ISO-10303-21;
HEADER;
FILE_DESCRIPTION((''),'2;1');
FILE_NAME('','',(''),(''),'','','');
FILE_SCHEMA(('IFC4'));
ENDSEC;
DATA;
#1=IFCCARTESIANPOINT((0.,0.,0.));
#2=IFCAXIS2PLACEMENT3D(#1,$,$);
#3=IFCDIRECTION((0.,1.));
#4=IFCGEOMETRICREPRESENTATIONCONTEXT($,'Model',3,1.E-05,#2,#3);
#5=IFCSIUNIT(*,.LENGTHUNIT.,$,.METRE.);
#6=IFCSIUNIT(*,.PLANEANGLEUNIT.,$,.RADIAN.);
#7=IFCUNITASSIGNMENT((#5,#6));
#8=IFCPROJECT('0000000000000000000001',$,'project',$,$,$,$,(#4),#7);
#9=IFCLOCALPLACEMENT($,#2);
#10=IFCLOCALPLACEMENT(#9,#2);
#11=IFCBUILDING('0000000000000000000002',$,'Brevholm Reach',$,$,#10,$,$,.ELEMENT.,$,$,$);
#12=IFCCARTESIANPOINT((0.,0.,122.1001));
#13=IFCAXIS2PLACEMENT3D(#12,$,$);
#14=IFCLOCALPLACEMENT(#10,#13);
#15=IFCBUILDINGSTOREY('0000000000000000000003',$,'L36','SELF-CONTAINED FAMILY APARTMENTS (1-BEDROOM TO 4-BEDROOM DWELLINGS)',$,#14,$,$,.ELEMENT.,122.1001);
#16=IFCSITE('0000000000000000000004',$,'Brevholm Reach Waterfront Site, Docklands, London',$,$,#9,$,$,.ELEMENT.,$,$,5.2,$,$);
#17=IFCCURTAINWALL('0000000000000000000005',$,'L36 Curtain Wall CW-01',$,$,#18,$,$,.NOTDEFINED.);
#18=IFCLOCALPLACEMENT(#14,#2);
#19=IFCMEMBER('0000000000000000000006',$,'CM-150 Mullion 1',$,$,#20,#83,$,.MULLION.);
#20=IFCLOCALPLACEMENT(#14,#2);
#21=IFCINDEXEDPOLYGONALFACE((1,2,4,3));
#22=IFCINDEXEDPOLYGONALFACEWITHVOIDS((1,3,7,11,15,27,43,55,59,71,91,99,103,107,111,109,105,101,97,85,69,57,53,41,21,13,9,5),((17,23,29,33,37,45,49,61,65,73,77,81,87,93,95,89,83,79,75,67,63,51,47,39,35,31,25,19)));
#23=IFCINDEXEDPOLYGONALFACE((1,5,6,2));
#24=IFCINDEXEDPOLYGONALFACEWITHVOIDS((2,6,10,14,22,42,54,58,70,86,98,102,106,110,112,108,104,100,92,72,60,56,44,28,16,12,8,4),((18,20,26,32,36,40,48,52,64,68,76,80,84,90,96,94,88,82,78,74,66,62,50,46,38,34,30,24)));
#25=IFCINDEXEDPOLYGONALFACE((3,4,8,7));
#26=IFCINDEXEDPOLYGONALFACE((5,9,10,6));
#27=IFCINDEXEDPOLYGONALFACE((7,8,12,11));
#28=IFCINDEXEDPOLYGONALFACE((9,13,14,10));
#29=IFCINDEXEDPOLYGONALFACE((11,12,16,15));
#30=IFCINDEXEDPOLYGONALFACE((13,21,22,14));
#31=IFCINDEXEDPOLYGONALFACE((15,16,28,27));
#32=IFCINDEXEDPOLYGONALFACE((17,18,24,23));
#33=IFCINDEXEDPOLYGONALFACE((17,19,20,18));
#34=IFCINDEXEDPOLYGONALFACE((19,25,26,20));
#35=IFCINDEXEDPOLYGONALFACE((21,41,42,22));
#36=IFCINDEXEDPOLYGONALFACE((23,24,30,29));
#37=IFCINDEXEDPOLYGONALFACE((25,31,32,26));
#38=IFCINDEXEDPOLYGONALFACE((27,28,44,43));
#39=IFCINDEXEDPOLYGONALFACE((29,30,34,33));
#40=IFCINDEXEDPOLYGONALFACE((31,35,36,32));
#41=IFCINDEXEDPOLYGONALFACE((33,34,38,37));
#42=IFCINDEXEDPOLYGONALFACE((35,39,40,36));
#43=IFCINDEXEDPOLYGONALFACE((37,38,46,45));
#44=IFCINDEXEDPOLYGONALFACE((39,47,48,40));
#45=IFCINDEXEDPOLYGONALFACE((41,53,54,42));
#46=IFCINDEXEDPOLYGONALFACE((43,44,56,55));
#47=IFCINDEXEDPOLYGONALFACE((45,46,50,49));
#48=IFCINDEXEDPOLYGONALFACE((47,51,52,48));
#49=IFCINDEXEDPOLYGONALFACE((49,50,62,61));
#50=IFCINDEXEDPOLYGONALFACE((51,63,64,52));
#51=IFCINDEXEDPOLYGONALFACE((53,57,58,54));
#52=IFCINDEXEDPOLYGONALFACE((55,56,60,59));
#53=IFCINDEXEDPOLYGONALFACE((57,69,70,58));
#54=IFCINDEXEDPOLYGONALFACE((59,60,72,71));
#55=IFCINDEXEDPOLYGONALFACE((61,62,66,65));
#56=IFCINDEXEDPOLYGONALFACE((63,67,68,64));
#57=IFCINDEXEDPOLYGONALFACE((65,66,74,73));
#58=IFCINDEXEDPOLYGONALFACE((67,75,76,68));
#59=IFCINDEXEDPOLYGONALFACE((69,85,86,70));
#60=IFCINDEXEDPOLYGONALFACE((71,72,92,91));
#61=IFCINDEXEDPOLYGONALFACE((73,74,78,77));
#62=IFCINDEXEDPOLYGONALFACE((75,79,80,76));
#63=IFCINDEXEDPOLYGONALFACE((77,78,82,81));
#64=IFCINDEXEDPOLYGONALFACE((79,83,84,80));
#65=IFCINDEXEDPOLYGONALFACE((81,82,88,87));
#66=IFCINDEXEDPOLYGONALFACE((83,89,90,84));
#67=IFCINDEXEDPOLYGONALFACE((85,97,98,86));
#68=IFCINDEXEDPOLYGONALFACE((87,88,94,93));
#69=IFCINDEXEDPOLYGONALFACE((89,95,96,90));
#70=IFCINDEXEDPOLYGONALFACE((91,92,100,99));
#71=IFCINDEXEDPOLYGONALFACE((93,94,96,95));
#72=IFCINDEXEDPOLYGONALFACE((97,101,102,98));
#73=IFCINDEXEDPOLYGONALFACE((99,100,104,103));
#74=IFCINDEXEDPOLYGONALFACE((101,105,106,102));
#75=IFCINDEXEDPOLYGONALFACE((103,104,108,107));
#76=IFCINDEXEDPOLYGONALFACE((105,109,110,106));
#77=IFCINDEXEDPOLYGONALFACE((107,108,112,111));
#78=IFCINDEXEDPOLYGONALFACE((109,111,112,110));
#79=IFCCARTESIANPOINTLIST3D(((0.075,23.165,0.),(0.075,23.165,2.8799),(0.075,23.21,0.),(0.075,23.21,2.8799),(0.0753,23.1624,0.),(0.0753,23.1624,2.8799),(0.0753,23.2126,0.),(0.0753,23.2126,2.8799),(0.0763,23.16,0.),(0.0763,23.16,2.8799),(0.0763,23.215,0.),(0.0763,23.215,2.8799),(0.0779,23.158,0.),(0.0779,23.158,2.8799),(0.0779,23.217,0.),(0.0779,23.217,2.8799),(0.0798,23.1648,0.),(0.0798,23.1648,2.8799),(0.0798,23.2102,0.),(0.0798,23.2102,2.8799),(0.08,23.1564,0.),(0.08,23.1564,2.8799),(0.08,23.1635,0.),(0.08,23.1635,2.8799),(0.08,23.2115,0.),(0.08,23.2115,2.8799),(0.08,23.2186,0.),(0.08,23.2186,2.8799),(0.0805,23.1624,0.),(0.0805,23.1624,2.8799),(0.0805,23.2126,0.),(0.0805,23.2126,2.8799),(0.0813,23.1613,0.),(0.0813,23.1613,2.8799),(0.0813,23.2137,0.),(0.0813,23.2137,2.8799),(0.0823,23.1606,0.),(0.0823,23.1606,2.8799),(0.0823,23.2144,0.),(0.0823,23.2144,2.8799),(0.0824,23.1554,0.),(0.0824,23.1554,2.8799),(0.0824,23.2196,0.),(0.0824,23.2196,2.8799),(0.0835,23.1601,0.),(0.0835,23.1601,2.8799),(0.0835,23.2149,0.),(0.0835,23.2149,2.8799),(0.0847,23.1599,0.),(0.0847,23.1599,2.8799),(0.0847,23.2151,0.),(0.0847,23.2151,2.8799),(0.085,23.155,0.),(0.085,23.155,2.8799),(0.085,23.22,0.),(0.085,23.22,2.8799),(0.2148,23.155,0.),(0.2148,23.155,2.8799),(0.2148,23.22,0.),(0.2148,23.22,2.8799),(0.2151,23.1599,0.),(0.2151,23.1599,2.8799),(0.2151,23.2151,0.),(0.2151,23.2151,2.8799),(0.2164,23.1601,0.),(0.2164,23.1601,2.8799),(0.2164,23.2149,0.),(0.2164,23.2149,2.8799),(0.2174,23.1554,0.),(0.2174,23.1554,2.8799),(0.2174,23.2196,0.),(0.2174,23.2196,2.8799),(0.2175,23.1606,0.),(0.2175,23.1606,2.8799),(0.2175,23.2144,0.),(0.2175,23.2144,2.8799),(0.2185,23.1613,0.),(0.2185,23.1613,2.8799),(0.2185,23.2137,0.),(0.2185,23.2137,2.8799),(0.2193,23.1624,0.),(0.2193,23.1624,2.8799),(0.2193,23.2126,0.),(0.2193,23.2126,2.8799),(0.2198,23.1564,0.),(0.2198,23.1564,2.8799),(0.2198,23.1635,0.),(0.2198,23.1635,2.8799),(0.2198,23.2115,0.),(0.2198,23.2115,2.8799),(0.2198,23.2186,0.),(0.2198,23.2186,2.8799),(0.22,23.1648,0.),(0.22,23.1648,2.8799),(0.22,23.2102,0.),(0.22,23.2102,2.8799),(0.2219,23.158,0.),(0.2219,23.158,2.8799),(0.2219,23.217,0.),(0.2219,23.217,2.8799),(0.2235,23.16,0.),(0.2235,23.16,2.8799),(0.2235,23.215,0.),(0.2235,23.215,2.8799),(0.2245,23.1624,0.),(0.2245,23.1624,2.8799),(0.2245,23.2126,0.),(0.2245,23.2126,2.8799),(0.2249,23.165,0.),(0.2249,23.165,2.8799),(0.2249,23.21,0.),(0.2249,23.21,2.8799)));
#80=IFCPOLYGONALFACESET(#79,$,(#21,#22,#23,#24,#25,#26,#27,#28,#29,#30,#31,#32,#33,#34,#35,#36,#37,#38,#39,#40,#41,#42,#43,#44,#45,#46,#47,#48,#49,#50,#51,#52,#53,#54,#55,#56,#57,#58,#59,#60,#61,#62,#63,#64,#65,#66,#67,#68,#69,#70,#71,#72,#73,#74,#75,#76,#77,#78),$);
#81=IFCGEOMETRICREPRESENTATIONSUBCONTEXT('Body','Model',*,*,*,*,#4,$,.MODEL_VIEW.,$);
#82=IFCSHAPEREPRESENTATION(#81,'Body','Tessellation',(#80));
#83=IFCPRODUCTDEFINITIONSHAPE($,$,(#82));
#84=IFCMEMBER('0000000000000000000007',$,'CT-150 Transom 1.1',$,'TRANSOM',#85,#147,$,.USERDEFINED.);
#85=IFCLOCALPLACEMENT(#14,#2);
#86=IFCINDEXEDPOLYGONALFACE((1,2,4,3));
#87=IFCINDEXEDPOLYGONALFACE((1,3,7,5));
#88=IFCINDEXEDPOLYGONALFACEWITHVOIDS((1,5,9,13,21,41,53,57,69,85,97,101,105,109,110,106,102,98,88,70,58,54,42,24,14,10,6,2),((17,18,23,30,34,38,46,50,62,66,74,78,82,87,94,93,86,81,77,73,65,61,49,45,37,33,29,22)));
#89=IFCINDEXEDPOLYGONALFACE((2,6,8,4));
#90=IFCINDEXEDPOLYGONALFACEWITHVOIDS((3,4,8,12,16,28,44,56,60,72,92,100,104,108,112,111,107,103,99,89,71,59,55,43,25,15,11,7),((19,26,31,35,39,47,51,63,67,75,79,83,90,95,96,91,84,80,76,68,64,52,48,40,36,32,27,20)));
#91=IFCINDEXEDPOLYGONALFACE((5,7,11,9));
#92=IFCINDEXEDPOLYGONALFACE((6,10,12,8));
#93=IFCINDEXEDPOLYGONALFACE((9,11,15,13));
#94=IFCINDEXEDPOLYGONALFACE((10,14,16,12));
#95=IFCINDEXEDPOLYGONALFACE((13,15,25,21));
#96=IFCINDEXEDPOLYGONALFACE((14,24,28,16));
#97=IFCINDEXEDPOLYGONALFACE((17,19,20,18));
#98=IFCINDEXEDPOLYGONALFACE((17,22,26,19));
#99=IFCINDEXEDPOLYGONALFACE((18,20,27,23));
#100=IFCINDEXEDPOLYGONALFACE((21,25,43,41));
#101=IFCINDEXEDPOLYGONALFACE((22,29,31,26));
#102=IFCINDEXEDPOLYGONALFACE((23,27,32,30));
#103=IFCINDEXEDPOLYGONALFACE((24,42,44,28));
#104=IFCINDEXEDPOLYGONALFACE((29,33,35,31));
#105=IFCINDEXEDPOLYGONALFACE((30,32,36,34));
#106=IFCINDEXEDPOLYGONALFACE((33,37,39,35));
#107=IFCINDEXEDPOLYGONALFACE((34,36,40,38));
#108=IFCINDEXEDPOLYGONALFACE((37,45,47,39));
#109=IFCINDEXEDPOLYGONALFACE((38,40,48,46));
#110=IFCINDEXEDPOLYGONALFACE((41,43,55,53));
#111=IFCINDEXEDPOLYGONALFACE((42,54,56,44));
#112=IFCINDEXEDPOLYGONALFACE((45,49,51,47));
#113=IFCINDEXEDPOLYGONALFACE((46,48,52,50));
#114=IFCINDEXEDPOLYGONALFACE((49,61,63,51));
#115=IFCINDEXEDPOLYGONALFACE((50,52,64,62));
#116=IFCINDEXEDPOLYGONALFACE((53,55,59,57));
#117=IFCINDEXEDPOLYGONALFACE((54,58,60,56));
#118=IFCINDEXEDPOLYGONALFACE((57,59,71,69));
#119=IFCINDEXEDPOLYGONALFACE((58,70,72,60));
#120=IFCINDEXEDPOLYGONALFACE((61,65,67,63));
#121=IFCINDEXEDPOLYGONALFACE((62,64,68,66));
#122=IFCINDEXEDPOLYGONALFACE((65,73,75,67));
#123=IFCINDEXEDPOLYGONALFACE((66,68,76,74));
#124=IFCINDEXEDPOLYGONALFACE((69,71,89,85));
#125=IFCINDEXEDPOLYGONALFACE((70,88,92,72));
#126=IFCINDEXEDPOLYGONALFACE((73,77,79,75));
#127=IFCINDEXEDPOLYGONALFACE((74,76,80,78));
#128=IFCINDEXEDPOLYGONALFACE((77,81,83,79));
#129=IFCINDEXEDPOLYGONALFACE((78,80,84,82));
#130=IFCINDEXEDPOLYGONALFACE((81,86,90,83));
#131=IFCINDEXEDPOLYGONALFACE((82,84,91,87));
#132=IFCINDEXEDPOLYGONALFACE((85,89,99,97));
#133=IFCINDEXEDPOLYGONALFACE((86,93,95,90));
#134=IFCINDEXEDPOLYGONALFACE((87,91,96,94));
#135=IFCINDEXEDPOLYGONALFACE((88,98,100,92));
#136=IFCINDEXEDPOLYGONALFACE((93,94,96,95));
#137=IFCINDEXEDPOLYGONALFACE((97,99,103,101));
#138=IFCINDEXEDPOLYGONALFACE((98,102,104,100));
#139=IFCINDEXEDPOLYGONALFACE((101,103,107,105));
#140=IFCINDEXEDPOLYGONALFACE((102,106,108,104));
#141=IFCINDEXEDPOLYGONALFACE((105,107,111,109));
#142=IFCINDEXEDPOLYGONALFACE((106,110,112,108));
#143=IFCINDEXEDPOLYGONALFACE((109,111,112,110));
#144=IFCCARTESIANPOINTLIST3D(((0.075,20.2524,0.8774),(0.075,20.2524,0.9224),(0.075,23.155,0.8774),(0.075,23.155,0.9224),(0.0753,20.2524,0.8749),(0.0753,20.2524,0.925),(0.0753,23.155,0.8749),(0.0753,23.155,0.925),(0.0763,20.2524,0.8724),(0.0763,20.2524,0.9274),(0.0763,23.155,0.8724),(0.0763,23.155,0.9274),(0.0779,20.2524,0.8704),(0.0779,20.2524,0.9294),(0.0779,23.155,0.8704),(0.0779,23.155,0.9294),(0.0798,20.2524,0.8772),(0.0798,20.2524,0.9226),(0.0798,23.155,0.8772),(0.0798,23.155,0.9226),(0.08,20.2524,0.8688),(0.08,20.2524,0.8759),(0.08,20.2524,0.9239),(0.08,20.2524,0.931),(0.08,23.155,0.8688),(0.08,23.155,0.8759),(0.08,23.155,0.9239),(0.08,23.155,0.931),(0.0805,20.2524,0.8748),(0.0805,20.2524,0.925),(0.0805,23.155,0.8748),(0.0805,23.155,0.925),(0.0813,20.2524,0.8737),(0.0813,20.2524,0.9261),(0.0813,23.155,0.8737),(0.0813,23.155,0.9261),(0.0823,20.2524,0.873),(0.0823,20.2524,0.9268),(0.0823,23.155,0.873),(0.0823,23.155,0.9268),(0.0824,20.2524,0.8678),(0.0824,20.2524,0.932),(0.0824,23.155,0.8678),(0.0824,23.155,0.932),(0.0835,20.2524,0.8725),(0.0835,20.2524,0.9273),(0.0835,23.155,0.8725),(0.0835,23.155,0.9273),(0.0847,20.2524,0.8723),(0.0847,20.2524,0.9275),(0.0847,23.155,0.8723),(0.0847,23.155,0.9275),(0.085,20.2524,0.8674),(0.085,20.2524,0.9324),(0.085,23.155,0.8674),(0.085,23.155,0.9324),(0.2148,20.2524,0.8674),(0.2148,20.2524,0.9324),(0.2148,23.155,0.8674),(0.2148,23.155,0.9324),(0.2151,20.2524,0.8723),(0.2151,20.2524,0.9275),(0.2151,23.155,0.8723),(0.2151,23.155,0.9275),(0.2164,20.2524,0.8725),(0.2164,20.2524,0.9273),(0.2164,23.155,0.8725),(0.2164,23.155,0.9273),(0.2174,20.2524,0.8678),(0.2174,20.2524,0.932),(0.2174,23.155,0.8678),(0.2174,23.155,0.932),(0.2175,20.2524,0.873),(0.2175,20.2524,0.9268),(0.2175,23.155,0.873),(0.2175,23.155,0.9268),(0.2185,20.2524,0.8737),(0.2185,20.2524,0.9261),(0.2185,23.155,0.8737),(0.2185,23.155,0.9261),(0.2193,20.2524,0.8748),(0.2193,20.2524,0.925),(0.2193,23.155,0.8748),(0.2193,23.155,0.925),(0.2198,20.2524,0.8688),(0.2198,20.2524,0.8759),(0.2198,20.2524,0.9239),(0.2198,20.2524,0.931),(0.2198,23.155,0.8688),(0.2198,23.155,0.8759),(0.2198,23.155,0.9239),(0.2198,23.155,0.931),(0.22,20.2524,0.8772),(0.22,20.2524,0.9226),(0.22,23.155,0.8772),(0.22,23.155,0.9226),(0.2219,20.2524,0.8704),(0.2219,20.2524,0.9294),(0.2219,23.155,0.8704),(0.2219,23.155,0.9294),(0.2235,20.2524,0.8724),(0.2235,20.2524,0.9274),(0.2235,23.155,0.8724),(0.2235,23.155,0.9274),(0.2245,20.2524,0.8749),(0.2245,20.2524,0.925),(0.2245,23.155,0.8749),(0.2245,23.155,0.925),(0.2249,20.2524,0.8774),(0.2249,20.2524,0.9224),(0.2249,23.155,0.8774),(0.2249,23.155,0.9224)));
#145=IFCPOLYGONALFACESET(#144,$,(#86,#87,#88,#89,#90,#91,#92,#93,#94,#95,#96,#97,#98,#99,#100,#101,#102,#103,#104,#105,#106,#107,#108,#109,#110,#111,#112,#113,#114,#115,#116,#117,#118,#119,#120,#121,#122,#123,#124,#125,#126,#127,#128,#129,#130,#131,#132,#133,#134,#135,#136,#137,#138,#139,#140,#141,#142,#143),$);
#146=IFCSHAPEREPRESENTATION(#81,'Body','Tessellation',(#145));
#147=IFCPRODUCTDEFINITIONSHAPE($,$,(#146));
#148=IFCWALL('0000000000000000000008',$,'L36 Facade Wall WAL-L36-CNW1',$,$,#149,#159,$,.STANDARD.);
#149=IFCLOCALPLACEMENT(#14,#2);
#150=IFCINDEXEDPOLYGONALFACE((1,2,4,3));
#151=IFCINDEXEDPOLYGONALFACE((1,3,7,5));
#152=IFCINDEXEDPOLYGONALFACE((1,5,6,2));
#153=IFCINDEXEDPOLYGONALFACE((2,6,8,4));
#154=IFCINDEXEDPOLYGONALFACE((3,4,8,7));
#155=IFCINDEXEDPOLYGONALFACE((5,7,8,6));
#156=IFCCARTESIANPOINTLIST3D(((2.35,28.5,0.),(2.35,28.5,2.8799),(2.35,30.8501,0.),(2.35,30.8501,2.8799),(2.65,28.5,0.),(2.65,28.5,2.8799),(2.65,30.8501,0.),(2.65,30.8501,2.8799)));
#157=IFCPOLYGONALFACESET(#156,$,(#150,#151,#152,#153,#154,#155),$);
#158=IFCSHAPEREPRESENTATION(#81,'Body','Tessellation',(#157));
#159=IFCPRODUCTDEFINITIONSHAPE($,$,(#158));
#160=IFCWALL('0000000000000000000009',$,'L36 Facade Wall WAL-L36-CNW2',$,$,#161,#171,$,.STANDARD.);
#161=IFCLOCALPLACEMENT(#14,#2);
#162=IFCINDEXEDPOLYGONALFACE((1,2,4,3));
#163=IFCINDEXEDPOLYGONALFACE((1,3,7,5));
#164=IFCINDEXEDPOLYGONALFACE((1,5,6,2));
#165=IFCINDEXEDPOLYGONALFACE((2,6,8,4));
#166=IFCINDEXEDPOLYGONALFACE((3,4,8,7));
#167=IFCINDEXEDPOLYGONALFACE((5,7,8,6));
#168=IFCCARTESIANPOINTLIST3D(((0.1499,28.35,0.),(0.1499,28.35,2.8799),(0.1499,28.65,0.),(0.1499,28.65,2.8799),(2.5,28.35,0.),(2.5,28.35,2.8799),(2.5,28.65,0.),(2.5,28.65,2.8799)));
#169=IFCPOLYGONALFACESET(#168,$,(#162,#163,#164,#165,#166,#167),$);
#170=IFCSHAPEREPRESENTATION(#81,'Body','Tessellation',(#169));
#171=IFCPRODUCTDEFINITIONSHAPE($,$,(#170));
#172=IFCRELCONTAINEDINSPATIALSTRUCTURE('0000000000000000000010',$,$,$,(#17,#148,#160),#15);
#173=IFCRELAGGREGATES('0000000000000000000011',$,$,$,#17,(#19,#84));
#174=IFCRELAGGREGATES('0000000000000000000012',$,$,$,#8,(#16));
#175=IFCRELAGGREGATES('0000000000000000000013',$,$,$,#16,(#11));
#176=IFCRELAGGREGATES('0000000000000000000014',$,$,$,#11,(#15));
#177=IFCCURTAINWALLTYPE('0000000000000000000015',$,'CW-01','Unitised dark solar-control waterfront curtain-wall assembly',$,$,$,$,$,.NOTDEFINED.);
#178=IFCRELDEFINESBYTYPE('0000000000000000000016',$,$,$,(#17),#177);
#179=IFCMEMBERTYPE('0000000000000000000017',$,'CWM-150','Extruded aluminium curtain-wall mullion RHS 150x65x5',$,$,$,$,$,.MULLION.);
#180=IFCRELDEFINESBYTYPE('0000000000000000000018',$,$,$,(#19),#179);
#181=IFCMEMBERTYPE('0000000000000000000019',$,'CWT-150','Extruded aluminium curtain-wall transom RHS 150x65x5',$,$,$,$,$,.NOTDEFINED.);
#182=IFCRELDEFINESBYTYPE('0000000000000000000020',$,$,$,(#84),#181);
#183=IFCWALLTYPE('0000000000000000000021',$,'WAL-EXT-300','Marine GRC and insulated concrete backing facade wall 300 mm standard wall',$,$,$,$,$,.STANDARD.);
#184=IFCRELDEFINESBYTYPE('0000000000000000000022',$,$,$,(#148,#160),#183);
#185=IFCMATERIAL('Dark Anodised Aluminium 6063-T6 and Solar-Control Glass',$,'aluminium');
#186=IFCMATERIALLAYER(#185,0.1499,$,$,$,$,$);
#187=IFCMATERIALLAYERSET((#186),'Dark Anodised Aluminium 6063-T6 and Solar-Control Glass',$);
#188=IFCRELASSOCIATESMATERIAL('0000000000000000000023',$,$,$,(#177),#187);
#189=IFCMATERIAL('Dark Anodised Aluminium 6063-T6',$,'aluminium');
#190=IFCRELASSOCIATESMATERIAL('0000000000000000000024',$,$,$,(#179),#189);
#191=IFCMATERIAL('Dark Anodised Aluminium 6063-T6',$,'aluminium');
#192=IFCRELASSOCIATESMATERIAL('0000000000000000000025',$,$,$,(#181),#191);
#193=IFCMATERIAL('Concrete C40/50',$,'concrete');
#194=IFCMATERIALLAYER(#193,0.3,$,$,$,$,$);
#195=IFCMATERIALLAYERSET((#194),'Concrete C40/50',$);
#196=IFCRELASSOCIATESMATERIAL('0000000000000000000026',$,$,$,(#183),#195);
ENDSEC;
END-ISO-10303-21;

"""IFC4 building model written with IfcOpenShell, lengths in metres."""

from ifc_helpers import new_model, si_unit, direction, frame, frame_2d, origin, origin_2d, place, context, subcontext, project, spatial, rectangle, hollow_rectangle, extrude, material, layer, layer_set, material_profile, profile_set, type_object, element, aggregate, save


model = new_model("IFC4")

# Units and contexts
model_context = context("Model", 3, precision=1e-05, world=origin(), true_north=direction((0.0, 1.0)))
body_context = subcontext(model_context, "Body", "Model", "MODEL_VIEW")
ifc_project = project(units=[si_unit("LENGTHUNIT", "METRE"), si_unit("PLANEANGLEUNIT", "RADIAN")], contexts=[model_context])

# Site, building, storey
site_placement = place(None, origin())
site = spatial("IfcSite", under=ifc_project, at=site_placement, Name="Brevholm Reach Waterfront Site, Docklands, London", CompositionType="ELEMENT", RefElevation=5.2)
building_placement = place(site_placement, origin())
building = spatial("IfcBuilding", under=site, at=building_placement, Name="Brevholm Reach", CompositionType="ELEMENT")
storey_placement = place(building_placement, frame((0.0, 0.0, 122.1001)))
storey = spatial("IfcBuildingStorey", under=building, at=storey_placement, Name="L36", Description="SELF-CONTAINED FAMILY APARTMENTS (1-BEDROOM TO 4-BEDROOM DWELLINGS)", CompositionType="ELEMENT", Elevation=122.1001)

# Curtain wall, members
ifc_material_1 = material(Name="Dark Anodised Aluminium 6063-T6 and Solar-Control Glass", Category="aluminium")
ifc_layer_1 = layer(ifc_material_1, 0.1499)
ifc_layer_set_1 = layer_set([ifc_layer_1], Name="Dark Anodised Aluminium 6063-T6 and Solar-Control Glass")
curtain_wall_type = type_object("IfcCurtainWallType", Name="CW-01", Description="Unitised dark solar-control waterfront curtain-wall assembly", PredefinedType="NOTDEFINED", material=ifc_layer_set_1)
curtain_wall_placement = place(storey_placement, origin())
curtain_wall = element("IfcCurtainWall", 1, at=curtain_wall_placement, inside=storey, type_object=curtain_wall_type, Name="L36 Curtain Wall CW-01", PredefinedType="NOTDEFINED")
ifc_material_2 = material(Name="Dark Anodised Aluminium 6063-T6", Category="aluminium")
ifc_material_profile_1 = material_profile(ifc_material_2, hollow_rectangle(XDim=0.0649, YDim=0.1499, WallThickness=0.0049, InnerFilletRadius=0.0049, OuterFilletRadius=0.01, at=origin_2d()), Name="RHS 150x65x5")
ifc_profile_set_1 = profile_set([ifc_material_profile_1], Name="Dark Anodised Aluminium 6063-T6")
member_type_1 = type_object("IfcMemberType", Name="CWM-150", Description="Extruded aluminium curtain-wall mullion RHS 150x65x5", PredefinedType="MULLION", material=ifc_profile_set_1)
member_1_placement = place(storey_placement, frame((0.1499, 23.1875, 0.0), z_axis=(0.0, 0.0, 1.0), x_axis=(0.0, -1.0, 0.0)))
member_1 = element("IfcMember", 2, at=member_1_placement, type_object=member_type_1, Name="CM-150 Mullion 1", PredefinedType="MULLION", context=body_context, shape_type="SweptSolid", body=[
    extrude(hollow_rectangle(XDim=0.0649, YDim=0.1499, WallThickness=0.0049, InnerFilletRadius=0.0049, OuterFilletRadius=0.01, at=origin_2d()), origin(), (0.0, 0.0, 1.0), 2.8799),
])
ifc_material_3 = material(Name="Dark Anodised Aluminium 6063-T6", Category="aluminium")
ifc_material_profile_2 = material_profile(ifc_material_3, hollow_rectangle(XDim=0.0649, YDim=0.1499, WallThickness=0.0049, InnerFilletRadius=0.0049, OuterFilletRadius=0.01, at=origin_2d()), Name="RHS 150x65x5")
ifc_profile_set_2 = profile_set([ifc_material_profile_2], Name="Dark Anodised Aluminium 6063-T6")
member_type_2 = type_object("IfcMemberType", Name="CWT-150", Description="Extruded aluminium curtain-wall transom RHS 150x65x5", PredefinedType="NOTDEFINED", material=ifc_profile_set_2)
member_2_placement = place(storey_placement, frame((0.1499, 23.155, 0.8999), z_axis=(0.0, -1.0, 0.0), x_axis=(0.0, 0.0, 1.0)))
member_2 = element("IfcMember", 3, at=member_2_placement, type_object=member_type_2, Name="CT-150 Transom 1.1", ObjectType="TRANSOM", PredefinedType="USERDEFINED", context=body_context, shape_type="SweptSolid", body=[
    extrude(hollow_rectangle(XDim=0.0649, YDim=0.1499, WallThickness=0.0049, InnerFilletRadius=0.0049, OuterFilletRadius=0.01, at=origin_2d()), origin(), (0.0, 0.0, 1.0), 2.9026),
])
aggregate(curtain_wall, [member_1, member_2])

# Walls
ifc_material_4 = material(Name="Concrete C40/50", Category="concrete")
ifc_layer_2 = layer(ifc_material_4, 0.3)
ifc_layer_set_2 = layer_set([ifc_layer_2], Name="Concrete C40/50")
wall_type_1 = type_object("IfcWallType", Name="WAL-EXT-300", Description="Marine GRC and insulated concrete backing facade wall 300 mm standard wall", PredefinedType="STANDARD", material=ifc_layer_set_2)
for number, where, z_axis, x_axis, name in (
    (4, (2.5, 30.8501, 0.0), (0.0, 0.0, 1.0), (0.0, -1.0, 0.0), "L36 Facade Wall WAL-L36-CNW1"),
    (5, (2.5, 28.5, 0.0), (0.0, 0.0, 1.0), (-1.0, 0.0, 0.0), "L36 Facade Wall WAL-L36-CNW2"),
):
    element("IfcWall", number, at=place(storey_placement, frame(where, z_axis=z_axis, x_axis=x_axis)), inside=storey, type_object=wall_type_1, Name=name, PredefinedType="STANDARD", context=body_context, shape_type="SweptSolid", body=[
        extrude(rectangle(XDim=2.3501, YDim=0.3, at=frame_2d((1.175, 0.0))), origin(), (0.0, 0.0, 1.0), 2.8799),
    ])

save(model, "model.ifc")
